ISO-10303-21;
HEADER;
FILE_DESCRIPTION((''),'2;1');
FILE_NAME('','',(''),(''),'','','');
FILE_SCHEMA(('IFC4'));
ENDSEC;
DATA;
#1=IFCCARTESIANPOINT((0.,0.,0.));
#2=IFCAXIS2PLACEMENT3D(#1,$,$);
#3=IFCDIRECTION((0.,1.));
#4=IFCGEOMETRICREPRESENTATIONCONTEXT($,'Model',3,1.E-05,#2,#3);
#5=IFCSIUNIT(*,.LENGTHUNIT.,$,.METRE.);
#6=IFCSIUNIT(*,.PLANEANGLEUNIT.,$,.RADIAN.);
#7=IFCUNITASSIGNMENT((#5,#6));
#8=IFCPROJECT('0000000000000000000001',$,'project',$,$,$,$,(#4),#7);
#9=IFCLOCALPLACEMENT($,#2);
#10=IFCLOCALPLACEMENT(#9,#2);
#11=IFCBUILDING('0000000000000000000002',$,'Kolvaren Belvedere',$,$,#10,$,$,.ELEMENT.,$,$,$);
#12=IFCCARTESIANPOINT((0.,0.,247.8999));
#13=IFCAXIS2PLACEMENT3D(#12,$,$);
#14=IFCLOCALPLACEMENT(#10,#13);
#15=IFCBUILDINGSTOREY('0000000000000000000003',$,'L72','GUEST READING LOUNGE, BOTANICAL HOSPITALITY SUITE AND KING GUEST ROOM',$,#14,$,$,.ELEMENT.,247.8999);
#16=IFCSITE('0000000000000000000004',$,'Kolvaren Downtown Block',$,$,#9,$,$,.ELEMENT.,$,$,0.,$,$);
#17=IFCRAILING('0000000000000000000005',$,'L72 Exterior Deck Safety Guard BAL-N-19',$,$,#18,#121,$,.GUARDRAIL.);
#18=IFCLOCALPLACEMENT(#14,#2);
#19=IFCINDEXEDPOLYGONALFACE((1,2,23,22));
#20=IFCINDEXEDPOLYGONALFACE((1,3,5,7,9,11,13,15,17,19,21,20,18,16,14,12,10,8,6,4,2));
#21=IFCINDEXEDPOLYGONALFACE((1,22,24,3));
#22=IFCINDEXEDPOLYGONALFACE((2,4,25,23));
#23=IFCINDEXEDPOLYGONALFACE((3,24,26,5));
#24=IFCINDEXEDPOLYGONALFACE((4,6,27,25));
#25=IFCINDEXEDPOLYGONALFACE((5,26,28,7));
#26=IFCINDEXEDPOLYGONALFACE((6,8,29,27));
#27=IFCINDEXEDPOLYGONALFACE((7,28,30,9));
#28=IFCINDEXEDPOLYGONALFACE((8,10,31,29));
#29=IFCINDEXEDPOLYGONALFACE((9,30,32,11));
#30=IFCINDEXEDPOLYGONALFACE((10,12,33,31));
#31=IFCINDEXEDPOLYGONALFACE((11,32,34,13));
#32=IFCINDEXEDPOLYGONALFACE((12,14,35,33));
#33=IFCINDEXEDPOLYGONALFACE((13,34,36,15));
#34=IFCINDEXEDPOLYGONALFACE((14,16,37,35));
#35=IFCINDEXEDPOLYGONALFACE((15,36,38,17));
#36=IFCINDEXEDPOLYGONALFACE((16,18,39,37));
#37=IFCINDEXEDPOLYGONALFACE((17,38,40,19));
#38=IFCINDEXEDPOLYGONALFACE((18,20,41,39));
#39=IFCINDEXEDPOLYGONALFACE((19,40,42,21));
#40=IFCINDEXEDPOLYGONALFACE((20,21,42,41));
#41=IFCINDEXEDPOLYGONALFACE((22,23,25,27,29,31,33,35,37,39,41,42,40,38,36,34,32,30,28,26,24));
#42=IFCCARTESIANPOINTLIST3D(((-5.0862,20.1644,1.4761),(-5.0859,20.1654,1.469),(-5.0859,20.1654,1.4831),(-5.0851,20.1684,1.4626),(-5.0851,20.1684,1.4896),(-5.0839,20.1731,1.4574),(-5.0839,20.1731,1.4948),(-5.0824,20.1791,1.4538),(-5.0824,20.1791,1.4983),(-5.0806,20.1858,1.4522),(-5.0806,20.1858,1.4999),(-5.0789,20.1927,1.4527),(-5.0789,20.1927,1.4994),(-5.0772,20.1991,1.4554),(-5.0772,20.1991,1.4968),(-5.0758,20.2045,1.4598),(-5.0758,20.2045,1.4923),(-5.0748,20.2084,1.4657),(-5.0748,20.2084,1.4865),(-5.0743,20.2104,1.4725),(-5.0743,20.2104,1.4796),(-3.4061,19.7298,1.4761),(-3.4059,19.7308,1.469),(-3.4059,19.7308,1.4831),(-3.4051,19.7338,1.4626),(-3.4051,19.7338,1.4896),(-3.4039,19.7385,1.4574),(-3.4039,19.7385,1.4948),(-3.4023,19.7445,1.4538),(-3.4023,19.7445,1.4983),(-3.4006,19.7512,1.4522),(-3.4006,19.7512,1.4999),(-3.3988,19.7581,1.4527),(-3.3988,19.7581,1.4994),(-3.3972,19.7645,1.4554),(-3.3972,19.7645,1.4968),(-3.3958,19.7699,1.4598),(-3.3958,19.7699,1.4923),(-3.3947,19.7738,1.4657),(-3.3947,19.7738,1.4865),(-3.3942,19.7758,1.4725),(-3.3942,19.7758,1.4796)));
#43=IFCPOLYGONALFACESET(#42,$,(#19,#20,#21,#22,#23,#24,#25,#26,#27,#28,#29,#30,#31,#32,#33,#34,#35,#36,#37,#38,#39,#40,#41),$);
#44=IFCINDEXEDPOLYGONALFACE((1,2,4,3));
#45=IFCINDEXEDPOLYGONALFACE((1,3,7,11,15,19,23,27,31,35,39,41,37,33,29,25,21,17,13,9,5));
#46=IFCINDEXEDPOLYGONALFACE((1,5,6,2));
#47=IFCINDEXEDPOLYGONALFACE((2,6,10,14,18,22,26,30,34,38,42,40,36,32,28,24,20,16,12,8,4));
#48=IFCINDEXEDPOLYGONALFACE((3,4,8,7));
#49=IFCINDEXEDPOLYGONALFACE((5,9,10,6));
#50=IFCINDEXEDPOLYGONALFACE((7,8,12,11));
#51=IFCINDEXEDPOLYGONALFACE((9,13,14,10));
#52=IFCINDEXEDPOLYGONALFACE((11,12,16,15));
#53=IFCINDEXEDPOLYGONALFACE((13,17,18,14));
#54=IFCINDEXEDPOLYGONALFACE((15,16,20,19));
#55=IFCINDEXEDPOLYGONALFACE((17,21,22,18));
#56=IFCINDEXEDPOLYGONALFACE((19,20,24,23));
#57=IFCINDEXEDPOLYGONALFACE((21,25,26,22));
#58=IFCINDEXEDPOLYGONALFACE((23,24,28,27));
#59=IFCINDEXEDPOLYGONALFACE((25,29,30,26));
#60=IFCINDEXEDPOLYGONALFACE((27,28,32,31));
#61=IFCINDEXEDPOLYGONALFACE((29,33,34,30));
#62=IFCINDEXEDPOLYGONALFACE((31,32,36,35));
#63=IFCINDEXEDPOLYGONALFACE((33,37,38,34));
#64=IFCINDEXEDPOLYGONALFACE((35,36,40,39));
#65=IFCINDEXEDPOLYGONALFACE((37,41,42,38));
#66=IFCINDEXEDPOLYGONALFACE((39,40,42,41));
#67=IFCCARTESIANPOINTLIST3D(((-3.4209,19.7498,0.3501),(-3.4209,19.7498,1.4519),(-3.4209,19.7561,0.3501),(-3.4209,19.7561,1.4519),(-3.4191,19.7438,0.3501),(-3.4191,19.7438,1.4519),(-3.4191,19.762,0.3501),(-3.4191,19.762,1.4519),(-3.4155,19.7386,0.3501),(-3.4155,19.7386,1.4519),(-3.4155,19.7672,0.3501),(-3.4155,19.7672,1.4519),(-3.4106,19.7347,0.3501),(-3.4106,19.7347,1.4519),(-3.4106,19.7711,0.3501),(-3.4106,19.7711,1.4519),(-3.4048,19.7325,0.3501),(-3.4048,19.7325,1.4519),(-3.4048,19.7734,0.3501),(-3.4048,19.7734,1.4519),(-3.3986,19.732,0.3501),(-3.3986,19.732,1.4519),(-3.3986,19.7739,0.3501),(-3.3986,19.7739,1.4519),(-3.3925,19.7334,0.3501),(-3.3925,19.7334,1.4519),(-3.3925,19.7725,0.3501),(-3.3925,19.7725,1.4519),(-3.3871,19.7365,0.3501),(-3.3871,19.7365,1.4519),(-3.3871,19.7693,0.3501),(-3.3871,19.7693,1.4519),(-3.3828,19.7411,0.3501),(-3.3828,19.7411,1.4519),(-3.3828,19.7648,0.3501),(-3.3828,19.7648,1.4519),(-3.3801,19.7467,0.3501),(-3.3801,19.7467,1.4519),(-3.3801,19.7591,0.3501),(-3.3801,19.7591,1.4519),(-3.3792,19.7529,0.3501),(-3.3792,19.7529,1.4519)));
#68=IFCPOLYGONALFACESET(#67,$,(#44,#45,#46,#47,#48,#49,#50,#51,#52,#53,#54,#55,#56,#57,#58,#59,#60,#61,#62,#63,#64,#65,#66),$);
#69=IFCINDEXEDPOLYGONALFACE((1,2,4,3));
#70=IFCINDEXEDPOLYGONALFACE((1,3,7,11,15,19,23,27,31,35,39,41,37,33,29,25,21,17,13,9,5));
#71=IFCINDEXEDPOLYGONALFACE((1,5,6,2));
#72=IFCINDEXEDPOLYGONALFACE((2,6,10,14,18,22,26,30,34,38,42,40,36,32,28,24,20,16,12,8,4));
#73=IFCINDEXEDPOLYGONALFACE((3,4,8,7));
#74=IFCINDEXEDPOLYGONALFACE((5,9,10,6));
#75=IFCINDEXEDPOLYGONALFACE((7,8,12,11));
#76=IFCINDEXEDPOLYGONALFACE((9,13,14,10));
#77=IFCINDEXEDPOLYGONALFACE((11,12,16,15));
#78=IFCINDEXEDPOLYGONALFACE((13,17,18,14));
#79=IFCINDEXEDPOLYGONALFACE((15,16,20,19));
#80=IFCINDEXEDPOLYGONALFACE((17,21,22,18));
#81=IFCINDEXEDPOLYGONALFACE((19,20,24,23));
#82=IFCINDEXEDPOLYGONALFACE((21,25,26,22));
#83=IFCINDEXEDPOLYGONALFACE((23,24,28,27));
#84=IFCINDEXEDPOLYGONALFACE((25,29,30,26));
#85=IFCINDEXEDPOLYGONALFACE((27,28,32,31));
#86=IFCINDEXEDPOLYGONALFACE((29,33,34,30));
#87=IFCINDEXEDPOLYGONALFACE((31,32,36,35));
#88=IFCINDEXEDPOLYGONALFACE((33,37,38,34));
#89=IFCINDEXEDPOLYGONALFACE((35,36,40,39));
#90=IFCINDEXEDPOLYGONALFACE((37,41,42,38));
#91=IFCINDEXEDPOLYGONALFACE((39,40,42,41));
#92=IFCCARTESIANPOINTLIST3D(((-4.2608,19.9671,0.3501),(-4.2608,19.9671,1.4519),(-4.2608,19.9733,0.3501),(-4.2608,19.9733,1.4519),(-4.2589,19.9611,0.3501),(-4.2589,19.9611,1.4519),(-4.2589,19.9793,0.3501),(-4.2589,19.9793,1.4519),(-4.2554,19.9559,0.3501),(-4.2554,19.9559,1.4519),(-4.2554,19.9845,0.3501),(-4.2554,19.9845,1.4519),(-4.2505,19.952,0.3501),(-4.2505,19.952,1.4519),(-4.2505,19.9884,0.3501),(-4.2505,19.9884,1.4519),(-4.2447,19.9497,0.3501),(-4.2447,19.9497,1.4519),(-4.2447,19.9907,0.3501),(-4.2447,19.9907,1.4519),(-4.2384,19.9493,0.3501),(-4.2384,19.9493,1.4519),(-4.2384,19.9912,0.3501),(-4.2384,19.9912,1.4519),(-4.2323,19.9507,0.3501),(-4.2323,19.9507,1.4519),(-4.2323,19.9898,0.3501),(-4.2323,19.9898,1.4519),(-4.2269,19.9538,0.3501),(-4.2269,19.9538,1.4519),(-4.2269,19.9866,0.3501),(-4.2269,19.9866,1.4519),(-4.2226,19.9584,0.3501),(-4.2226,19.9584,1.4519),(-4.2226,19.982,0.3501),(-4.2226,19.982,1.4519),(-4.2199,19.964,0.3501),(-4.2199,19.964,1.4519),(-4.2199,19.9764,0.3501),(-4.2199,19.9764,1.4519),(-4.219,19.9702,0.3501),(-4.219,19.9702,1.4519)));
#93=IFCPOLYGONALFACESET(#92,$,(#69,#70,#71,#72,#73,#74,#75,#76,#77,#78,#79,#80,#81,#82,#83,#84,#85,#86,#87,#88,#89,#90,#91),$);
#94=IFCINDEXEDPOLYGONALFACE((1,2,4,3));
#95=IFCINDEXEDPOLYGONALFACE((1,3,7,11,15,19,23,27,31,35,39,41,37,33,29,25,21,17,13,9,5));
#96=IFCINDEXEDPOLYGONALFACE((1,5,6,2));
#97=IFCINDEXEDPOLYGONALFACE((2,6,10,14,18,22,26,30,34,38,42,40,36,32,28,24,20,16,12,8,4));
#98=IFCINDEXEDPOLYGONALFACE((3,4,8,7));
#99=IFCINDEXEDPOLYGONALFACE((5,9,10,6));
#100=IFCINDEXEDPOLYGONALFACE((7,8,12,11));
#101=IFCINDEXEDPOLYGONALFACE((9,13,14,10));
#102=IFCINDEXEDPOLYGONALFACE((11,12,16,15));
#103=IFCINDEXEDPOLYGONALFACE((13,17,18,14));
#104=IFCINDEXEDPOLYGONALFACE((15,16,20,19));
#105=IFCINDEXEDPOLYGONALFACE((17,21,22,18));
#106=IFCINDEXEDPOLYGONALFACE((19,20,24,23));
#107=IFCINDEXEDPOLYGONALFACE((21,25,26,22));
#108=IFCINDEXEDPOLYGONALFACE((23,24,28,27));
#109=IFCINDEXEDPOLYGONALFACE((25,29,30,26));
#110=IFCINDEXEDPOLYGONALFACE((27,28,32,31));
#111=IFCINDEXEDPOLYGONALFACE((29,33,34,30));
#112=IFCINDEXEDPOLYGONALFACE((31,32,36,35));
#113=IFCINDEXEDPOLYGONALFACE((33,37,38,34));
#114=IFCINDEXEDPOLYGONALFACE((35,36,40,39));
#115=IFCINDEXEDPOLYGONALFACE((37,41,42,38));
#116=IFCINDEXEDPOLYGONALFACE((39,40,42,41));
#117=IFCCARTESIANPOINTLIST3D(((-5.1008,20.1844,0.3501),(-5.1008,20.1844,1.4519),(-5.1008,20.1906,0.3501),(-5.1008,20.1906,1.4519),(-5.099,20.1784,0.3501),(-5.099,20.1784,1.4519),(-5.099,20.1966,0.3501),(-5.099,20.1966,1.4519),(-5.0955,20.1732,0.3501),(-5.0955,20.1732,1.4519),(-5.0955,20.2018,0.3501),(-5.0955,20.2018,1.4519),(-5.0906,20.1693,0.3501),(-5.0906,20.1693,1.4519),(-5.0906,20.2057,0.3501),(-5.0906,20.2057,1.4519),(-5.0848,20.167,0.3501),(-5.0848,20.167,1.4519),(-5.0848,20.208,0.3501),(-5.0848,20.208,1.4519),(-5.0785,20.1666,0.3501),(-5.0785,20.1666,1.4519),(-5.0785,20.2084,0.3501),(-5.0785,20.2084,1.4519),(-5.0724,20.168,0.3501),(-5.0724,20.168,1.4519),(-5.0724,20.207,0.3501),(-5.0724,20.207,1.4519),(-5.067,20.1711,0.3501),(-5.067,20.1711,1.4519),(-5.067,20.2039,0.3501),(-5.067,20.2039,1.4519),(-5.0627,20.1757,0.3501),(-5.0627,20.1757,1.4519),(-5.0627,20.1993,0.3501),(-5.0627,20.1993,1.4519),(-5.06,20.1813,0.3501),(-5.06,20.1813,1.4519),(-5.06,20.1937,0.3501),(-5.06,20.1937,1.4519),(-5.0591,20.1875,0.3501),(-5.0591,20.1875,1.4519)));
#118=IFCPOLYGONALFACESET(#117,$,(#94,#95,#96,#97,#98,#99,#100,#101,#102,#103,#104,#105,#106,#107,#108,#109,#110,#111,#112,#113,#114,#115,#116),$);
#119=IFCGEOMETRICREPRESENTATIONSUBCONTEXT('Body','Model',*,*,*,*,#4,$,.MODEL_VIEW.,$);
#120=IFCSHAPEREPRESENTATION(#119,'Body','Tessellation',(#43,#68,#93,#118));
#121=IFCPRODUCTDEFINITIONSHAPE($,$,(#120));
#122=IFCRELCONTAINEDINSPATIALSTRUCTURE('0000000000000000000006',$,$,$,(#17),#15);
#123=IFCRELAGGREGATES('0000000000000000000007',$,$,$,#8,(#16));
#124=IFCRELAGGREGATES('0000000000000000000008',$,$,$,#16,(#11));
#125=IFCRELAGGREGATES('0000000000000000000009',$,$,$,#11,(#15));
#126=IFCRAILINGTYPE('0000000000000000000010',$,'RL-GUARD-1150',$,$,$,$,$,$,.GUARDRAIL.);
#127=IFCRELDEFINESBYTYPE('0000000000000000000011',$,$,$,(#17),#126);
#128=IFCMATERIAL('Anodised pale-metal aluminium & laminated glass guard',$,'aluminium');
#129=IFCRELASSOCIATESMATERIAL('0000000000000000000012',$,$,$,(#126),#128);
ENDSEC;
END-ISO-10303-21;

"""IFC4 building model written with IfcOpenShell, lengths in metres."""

from ifc_helpers import new_model, si_unit, direction, frame, origin, origin_2d, place, context, subcontext, project, spatial, circle, extrude, material, type_object, element, save


model = new_model("IFC4")

# Units and contexts
model_context = context("Model", 3, precision=1e-05, world=origin(), true_north=direction((0.0, 1.0)))
body_context = subcontext(model_context, "Body", "Model", "MODEL_VIEW")
ifc_project = project(units=[si_unit("LENGTHUNIT", "METRE"), si_unit("PLANEANGLEUNIT", "RADIAN")], contexts=[model_context])

# Site, building, storey
site_placement = place(None, origin())
site = spatial("IfcSite", under=ifc_project, at=site_placement, Name="Kolvaren Downtown Block", CompositionType="ELEMENT", RefElevation=0.0)
building_placement = place(site_placement, origin())
building = spatial("IfcBuilding", under=site, at=building_placement, Name="Kolvaren Belvedere", CompositionType="ELEMENT")
storey_placement = place(building_placement, frame((0.0, 0.0, 247.8999)))
storey = spatial("IfcBuildingStorey", under=building, at=storey_placement, Name="L72", Description="GUEST READING LOUNGE, BOTANICAL HOSPITALITY SUITE AND KING GUEST ROOM", CompositionType="ELEMENT", Elevation=247.8999)

# Railing
ifc_material_1 = material(Name="Anodised pale-metal aluminium & laminated glass guard", Category="aluminium")
railing_type = type_object("IfcRailingType", Name="RL-GUARD-1150", PredefinedType="GUARDRAIL", material=ifc_material_1)
railing_1_placement = place(storey_placement, frame((-3.4001, 19.7529, 0.3501)))
element("IfcRailing", 1, at=railing_1_placement, inside=storey, type_object=railing_type, Name="L72 Exterior Deck Safety Guard BAL-N-19", PredefinedType="GUARDRAIL", context=body_context, shape_type="SweptSolid", body=[
    extrude(circle(Radius=0.0239, at=origin_2d()), frame((0.0, 0.0, 1.126), z_axis=(-0.968132, 0.25044, 0.0), x_axis=(-0.25044, -0.968132, 0.0)), (0.0, 0.0, 1.0), 1.7354),
    extrude(circle(Radius=0.021, at=origin_2d()), origin(), (0.0, 0.0, 1.0), 1.1018),
    extrude(circle(Radius=0.021, at=origin_2d()), frame((-0.8398, 0.2173, 0.0)), (0.0, 0.0, 1.0), 1.1018),
    extrude(circle(Radius=0.021, at=origin_2d()), frame((-1.6799, 0.4346, 0.0)), (0.0, 0.0, 1.0), 1.1018),
])

save(model, "model.ifc")
